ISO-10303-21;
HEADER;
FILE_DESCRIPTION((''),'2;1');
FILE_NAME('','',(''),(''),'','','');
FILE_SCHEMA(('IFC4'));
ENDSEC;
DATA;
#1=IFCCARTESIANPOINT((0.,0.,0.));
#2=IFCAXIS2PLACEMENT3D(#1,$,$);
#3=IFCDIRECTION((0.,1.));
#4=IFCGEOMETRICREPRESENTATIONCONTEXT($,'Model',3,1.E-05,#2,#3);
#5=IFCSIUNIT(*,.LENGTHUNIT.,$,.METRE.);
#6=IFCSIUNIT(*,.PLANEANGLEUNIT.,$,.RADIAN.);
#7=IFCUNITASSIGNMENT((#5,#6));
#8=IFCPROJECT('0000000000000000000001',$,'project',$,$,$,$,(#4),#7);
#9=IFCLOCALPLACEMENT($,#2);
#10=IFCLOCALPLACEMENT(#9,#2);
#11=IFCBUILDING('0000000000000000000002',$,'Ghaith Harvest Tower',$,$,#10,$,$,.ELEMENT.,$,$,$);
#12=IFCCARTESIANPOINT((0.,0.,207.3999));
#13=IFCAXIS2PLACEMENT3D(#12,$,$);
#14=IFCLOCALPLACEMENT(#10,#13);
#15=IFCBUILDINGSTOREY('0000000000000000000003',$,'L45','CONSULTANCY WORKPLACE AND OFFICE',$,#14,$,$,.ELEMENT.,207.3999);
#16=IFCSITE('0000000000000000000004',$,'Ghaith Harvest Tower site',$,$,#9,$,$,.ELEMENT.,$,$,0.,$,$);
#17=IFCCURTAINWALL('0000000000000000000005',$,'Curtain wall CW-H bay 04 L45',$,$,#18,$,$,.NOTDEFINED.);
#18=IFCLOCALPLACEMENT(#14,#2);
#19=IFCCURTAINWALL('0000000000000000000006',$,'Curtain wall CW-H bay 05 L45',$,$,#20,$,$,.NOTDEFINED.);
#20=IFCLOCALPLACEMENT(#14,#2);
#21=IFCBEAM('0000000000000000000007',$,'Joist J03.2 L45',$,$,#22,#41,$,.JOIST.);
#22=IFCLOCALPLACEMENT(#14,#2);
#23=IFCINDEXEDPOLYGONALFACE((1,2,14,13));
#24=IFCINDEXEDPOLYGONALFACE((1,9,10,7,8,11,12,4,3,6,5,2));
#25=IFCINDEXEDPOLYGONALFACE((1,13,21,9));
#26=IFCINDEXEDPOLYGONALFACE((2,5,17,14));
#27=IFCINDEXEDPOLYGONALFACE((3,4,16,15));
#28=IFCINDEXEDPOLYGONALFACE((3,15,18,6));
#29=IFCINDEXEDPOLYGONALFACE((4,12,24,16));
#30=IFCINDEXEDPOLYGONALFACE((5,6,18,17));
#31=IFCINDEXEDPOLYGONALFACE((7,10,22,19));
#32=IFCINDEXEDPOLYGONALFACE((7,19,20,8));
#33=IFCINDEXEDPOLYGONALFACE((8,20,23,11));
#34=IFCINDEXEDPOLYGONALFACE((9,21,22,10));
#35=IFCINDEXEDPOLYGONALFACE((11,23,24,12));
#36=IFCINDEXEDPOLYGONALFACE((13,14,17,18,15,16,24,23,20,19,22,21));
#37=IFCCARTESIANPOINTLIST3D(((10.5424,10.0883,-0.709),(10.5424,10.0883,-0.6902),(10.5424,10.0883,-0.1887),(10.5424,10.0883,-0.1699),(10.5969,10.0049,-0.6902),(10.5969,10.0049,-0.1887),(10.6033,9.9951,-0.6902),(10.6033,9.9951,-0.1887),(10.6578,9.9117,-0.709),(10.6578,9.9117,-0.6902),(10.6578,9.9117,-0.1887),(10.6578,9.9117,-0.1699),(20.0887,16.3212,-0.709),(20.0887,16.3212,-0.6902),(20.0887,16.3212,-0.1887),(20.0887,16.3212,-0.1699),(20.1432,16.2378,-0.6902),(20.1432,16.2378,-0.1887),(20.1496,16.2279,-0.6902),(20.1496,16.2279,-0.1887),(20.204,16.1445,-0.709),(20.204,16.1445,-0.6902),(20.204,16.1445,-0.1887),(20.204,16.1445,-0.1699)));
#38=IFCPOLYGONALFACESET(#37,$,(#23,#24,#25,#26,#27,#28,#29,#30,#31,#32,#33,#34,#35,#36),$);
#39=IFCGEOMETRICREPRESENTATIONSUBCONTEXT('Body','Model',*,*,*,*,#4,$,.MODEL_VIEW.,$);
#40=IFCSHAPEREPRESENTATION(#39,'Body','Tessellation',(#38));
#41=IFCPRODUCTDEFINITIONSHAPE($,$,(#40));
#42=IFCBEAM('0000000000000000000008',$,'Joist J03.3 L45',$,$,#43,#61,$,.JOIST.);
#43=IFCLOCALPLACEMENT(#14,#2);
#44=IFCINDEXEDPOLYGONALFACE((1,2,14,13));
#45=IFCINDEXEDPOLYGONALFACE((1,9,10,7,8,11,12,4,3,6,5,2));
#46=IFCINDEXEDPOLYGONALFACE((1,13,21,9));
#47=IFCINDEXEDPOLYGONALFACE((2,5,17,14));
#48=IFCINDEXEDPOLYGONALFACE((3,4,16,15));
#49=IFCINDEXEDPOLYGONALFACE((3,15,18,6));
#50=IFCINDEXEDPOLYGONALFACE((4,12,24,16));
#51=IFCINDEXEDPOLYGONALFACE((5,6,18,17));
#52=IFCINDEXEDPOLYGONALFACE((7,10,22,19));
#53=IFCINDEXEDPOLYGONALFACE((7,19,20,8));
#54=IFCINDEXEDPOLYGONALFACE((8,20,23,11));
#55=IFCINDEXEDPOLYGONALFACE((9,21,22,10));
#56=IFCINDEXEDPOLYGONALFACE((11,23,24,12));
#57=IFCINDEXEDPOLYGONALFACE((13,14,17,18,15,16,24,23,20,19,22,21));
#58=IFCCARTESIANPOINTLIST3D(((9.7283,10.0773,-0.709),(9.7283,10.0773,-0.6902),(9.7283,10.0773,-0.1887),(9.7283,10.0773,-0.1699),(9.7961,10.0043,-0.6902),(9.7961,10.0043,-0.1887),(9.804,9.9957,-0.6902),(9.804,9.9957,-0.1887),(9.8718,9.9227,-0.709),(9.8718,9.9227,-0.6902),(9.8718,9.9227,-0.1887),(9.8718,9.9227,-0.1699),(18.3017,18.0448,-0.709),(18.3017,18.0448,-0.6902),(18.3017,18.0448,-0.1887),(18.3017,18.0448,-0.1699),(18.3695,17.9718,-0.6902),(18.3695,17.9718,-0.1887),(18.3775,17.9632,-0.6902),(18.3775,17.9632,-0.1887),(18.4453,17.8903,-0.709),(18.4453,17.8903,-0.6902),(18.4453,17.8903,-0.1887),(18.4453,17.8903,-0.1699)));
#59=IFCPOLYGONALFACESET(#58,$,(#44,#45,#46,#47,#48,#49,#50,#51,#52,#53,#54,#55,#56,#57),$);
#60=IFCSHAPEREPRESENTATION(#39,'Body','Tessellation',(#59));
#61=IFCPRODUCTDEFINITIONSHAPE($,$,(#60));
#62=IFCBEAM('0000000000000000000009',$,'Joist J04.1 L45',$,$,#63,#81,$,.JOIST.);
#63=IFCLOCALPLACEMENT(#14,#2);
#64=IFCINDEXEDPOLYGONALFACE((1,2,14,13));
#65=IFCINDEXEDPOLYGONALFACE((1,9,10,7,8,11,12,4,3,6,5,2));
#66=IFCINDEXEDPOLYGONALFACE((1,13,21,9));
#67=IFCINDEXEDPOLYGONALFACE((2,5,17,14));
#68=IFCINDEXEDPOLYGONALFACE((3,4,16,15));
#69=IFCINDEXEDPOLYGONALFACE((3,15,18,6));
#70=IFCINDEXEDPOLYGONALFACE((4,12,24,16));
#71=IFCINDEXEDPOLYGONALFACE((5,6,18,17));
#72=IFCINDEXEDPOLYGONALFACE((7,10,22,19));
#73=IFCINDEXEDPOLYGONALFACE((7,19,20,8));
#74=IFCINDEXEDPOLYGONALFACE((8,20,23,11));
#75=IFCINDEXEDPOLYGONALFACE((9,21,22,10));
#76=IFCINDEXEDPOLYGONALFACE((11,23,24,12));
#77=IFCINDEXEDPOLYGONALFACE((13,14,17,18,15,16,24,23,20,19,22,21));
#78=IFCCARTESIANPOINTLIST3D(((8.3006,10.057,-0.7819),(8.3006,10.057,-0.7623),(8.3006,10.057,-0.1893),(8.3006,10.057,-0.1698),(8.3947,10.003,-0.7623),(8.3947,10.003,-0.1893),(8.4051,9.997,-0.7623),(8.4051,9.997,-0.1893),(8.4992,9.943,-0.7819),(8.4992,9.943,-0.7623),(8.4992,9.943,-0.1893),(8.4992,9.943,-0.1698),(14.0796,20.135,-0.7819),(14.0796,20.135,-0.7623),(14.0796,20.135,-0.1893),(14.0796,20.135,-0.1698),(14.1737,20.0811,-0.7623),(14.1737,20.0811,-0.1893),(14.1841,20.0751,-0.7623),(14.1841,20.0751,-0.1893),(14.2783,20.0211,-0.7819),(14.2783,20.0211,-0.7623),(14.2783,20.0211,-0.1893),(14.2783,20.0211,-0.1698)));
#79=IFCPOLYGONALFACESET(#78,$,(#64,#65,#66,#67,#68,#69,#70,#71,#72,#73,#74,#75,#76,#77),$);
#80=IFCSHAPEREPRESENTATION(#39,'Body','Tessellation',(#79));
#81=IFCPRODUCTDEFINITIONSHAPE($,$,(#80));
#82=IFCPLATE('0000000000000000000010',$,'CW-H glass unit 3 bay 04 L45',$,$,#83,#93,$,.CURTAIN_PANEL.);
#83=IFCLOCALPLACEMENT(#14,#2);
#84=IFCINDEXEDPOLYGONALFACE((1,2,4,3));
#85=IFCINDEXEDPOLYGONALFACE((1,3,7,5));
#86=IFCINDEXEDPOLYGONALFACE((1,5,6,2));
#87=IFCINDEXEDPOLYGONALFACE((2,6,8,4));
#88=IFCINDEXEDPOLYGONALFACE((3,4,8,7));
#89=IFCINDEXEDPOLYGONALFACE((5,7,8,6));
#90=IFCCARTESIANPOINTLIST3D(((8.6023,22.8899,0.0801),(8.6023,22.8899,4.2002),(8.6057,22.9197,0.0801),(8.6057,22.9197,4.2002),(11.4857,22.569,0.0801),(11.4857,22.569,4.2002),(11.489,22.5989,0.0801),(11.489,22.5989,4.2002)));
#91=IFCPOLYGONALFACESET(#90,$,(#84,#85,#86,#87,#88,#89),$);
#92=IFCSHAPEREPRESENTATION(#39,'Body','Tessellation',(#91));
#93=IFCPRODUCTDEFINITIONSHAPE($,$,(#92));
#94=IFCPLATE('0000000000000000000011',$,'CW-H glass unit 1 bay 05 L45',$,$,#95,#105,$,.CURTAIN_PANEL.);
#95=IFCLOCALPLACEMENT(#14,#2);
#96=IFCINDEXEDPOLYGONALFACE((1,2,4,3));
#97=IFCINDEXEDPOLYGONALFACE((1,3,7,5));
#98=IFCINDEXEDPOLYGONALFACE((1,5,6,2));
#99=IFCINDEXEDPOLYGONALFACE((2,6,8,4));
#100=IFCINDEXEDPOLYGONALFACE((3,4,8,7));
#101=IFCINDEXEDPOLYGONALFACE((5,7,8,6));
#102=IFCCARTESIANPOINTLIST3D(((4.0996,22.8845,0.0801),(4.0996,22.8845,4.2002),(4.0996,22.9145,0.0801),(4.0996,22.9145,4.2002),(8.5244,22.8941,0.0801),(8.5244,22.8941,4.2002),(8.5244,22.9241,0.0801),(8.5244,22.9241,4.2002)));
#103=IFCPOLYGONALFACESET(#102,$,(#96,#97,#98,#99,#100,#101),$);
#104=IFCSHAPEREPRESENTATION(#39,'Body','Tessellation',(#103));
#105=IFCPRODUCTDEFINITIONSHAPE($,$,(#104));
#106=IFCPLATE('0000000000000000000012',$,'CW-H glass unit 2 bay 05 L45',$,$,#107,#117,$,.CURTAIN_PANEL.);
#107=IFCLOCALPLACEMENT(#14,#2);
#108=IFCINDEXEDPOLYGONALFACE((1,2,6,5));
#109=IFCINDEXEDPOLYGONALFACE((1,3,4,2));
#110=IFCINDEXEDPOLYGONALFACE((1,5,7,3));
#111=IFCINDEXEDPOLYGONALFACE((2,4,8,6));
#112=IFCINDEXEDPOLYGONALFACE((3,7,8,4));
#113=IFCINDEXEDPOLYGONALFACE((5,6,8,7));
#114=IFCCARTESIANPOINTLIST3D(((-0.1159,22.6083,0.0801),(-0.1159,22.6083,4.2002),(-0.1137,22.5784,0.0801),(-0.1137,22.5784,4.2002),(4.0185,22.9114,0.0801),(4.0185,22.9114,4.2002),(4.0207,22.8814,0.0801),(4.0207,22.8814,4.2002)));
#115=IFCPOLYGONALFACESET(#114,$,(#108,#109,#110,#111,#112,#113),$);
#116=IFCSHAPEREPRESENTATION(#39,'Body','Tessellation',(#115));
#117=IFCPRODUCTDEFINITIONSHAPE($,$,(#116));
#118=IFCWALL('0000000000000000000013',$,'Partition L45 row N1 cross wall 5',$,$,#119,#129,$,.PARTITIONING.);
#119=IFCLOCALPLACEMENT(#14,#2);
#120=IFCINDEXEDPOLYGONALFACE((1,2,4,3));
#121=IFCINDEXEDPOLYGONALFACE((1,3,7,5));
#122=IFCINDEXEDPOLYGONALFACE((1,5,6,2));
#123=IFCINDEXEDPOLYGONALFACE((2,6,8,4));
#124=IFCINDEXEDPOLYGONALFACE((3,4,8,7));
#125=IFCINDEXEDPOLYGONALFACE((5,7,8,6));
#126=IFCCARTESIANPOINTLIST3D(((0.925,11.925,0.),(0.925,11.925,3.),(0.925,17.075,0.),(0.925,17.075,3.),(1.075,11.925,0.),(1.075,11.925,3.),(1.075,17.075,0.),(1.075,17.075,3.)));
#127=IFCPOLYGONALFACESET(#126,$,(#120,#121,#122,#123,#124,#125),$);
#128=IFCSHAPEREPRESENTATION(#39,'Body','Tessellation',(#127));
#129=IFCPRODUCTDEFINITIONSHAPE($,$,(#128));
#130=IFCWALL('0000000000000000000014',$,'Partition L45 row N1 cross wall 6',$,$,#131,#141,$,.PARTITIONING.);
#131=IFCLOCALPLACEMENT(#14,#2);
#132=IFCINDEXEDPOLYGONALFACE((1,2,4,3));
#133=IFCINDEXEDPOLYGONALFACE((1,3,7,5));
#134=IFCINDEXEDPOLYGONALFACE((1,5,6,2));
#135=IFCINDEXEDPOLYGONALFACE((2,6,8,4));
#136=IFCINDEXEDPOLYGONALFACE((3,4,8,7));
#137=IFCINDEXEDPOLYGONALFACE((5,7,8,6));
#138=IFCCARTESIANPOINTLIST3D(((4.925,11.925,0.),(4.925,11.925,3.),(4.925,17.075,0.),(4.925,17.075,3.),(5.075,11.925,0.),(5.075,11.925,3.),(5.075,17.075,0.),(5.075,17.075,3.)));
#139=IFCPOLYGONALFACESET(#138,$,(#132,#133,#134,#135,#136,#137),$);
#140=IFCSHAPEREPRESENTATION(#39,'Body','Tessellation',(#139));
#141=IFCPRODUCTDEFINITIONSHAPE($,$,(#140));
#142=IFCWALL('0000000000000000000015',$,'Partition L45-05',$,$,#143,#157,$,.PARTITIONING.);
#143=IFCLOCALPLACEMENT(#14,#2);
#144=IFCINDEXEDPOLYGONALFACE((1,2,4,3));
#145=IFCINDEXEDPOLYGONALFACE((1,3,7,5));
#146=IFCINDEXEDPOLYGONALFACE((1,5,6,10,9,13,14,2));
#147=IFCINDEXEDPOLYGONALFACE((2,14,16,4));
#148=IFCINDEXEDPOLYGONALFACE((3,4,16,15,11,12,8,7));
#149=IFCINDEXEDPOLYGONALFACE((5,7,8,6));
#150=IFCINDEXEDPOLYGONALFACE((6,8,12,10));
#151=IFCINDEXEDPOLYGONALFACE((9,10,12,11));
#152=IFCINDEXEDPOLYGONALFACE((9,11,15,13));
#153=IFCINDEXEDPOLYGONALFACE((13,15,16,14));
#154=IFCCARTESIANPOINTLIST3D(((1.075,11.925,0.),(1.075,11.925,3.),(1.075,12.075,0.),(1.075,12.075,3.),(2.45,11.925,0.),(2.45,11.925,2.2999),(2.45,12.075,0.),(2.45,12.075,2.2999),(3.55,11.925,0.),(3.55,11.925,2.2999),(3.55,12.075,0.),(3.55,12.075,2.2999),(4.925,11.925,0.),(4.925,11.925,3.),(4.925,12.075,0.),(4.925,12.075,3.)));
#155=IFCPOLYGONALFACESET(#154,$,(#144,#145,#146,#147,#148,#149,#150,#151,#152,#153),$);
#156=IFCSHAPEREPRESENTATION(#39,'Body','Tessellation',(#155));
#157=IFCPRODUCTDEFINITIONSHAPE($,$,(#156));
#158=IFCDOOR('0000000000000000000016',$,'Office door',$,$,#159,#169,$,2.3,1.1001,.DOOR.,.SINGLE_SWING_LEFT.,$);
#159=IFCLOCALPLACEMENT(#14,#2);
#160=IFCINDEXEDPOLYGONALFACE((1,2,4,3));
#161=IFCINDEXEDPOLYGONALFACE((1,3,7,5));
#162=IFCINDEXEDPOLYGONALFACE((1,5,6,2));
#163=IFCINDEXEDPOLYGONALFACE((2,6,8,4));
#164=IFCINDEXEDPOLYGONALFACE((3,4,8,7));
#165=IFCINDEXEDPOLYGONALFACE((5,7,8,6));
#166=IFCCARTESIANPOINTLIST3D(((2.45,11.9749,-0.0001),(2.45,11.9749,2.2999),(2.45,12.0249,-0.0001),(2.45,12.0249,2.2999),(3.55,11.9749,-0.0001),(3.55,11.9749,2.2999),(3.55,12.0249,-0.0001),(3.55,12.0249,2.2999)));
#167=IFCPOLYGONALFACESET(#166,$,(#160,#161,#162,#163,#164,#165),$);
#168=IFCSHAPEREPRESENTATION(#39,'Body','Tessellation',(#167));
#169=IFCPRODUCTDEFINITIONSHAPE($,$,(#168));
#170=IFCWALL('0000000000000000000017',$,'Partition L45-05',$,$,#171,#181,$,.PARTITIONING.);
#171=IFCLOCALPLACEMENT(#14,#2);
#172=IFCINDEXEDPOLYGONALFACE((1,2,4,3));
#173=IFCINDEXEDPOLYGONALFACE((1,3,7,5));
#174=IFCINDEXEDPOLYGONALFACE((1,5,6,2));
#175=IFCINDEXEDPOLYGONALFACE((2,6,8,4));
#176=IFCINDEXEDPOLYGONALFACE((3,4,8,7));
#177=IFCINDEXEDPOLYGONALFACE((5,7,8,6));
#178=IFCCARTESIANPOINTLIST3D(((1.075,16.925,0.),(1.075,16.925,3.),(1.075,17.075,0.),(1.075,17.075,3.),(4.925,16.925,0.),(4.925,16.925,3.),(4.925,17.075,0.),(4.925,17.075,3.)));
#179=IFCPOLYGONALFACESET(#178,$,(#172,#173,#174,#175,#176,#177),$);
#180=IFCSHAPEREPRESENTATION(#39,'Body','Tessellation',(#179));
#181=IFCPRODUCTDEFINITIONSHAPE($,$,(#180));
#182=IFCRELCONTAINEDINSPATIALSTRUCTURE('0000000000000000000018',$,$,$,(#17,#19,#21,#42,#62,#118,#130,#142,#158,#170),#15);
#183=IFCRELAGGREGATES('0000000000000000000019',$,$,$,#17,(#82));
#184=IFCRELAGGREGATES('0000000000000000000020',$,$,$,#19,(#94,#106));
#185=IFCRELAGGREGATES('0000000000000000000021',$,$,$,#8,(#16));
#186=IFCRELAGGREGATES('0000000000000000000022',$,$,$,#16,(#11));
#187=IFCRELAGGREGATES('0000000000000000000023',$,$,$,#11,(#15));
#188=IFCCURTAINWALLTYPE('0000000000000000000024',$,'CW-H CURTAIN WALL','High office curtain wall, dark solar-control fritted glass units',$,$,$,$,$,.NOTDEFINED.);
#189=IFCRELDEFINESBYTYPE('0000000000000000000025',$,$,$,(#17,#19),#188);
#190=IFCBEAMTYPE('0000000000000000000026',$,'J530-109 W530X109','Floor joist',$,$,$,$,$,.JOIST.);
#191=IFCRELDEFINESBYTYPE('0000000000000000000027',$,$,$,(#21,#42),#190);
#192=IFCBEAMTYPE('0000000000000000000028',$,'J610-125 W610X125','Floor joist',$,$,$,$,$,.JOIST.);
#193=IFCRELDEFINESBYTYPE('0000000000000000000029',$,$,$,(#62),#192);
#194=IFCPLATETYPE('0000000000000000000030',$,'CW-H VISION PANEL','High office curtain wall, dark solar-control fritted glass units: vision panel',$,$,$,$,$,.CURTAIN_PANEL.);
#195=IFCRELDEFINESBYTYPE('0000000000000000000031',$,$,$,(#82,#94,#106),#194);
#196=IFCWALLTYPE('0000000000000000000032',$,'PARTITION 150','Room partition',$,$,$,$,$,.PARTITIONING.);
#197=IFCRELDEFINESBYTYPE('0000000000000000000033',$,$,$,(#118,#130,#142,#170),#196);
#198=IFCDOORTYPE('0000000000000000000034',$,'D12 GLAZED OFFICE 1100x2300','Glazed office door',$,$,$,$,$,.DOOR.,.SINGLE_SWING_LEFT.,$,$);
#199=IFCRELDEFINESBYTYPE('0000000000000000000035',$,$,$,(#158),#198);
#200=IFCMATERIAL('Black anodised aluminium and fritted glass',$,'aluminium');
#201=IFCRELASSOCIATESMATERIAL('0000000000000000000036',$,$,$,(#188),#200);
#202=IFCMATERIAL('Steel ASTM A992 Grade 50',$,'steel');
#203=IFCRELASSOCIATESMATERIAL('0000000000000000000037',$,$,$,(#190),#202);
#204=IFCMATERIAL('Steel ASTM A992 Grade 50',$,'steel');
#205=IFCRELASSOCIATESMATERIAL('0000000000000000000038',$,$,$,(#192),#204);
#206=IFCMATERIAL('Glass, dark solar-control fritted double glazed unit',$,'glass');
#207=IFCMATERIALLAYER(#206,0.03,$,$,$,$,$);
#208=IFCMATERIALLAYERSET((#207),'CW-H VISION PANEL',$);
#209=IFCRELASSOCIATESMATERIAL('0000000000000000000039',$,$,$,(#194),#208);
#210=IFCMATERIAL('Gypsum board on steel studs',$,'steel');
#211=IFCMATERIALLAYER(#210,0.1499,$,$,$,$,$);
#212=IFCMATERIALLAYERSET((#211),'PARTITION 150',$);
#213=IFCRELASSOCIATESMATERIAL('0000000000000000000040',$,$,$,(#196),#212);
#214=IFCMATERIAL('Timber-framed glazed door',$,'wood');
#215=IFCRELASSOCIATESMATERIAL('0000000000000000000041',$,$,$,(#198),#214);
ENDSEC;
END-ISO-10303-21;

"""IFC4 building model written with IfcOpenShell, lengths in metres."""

from ifc_helpers import new_model, si_unit, direction, frame, frame_2d, origin, origin_2d, place, context, subcontext, project, spatial, rectangle, i_section, extrude, material, layer, layer_set, material_profile, profile_set, type_object, element, fill, aggregate, save


model = new_model("IFC4")

# Units and contexts
model_context = context("Model", 3, precision=1e-05, world=origin(), true_north=direction((0.0, 1.0)))
body_context = subcontext(model_context, "Body", "Model", "MODEL_VIEW")
ifc_project = project(units=[si_unit("LENGTHUNIT", "METRE"), si_unit("PLANEANGLEUNIT", "RADIAN")], contexts=[model_context])

# Site, building, storey
site_placement = place(None, origin())
site = spatial("IfcSite", under=ifc_project, at=site_placement, Name="Ghaith Harvest Tower site", CompositionType="ELEMENT", RefElevation=0.0)
building_placement = place(site_placement, origin())
building = spatial("IfcBuilding", under=site, at=building_placement, Name="Ghaith Harvest Tower", CompositionType="ELEMENT")
storey_placement = place(building_placement, frame((0.0, 0.0, 207.3999)))
storey = spatial("IfcBuildingStorey", under=building, at=storey_placement, Name="L45", Description="CONSULTANCY WORKPLACE AND OFFICE", CompositionType="ELEMENT", Elevation=207.3999)

# Curtain wall
ifc_material_1 = material(Name="Black anodised aluminium and fritted glass", Category="aluminium")
curtain_wall_type = type_object("IfcCurtainWallType", Name="CW-H CURTAIN WALL", Description="High office curtain wall, dark solar-control fritted glass units", PredefinedType="NOTDEFINED", material=ifc_material_1)
curtain_wall_1_placement = place(storey_placement, origin())
curtain_wall_1 = element("IfcCurtainWall", 1, at=curtain_wall_1_placement, inside=storey, type_object=curtain_wall_type, Name="Curtain wall CW-H bay 04 L45", PredefinedType="NOTDEFINED")

# Curtain wall
curtain_wall_2_placement = place(storey_placement, origin())
curtain_wall_2 = element("IfcCurtainWall", 2, at=curtain_wall_2_placement, inside=storey, type_object=curtain_wall_type, Name="Curtain wall CW-H bay 05 L45", PredefinedType="NOTDEFINED")

# Beams
ifc_material_2 = material(Name="Steel ASTM A992 Grade 50", Category="steel")
ifc_material_profile_1 = material_profile(ifc_material_2, i_section(OverallWidth=0.2109, OverallDepth=0.5391, WebThickness=0.0117, FlangeThickness=0.0188, at=origin_2d()), Name="W530X109")
ifc_profile_set_1 = profile_set([ifc_material_profile_1], Name="Steel ASTM A992 Grade 50")
beam_type_1 = type_object("IfcBeamType", Name="J530-109 W530X109", Description="Floor joist", PredefinedType="JOIST", material=ifc_profile_set_1)
beam_1_placement = place(storey_placement, frame((10.6001, 10.0, -0.4395), z_axis=(0.837329, 0.546699, 0.0), x_axis=(-0.546699, 0.837329, 0.0)))
element("IfcBeam", 3, at=beam_1_placement, inside=storey, type_object=beam_type_1, Name="Joist J03.2 L45", PredefinedType="JOIST", context=body_context, shape_type="SweptSolid", body=[
    extrude(i_section(OverallWidth=0.2109, OverallDepth=0.5391, WebThickness=0.0117, FlangeThickness=0.0188, at=origin_2d()), origin(), (0.0, 0.0, 1.0), 11.4009),
])
beam_2_placement = place(storey_placement, frame((9.8, 10.0, -0.4395), z_axis=(0.732519, 0.680746, 0.0), x_axis=(-0.680746, 0.732519, 0.0)))
element("IfcBeam", 4, at=beam_2_placement, inside=storey, type_object=beam_type_1, Name="Joist J03.3 L45", PredefinedType="JOIST", context=body_context, shape_type="SweptSolid", body=[
    extrude(i_section(OverallWidth=0.2109, OverallDepth=0.5391, WebThickness=0.0117, FlangeThickness=0.0188, at=origin_2d()), origin(), (0.0, 0.0, 1.0), 11.7041),
])
ifc_material_3 = material(Name="Steel ASTM A992 Grade 50", Category="steel")
ifc_material_profile_2 = material_profile(ifc_material_3, i_section(OverallWidth=0.229, OverallDepth=0.6121, WebThickness=0.012, FlangeThickness=0.0195, at=origin_2d()), Name="W610X125")
ifc_profile_set_2 = profile_set([ifc_material_profile_2], Name="Steel ASTM A992 Grade 50")
beam_type_2 = type_object("IfcBeamType", Name="J610-125 W610X125", Description="Floor joist", PredefinedType="JOIST", material=ifc_profile_set_2)
beam_3_placement = place(storey_placement, frame((8.3999, 10.0, -0.4758), z_axis=(0.497444, 0.867496, 0.0), x_axis=(-0.867496, 0.497444, 0.0)))
element("IfcBeam", 5, at=beam_3_placement, inside=storey, type_object=beam_type_2, Name="Joist J04.1 L45", PredefinedType="JOIST", context=body_context, shape_type="SweptSolid", body=[
    extrude(i_section(OverallWidth=0.229, OverallDepth=0.6121, WebThickness=0.012, FlangeThickness=0.0195, at=origin_2d()), origin(), (0.0, 0.0, 1.0), 11.6174),
])

# Plates
ifc_material_4 = material(Name="Glass, dark solar-control fritted double glazed unit", Category="glass")
ifc_layer_1 = layer(ifc_material_4, 0.03)
ifc_layer_set_1 = layer_set([ifc_layer_1], Name="CW-H VISION PANEL")
plate_type = type_object("IfcPlateType", Name="CW-H VISION PANEL", Description="High office curtain wall, dark solar-control fritted glass units: vision panel", PredefinedType="CURTAIN_PANEL", material=ifc_layer_set_1)
plate_1_placement = place(storey_placement, frame((10.0457, 22.7444, 0.0801), z_axis=(0.0, 0.0, 1.0), x_axis=(-0.993865, 0.110598, 0.0)))
plate_1 = element("IfcPlate", 6, at=plate_1_placement, type_object=plate_type, Name="CW-H glass unit 3 bay 04 L45", PredefinedType="CURTAIN_PANEL", context=body_context, shape_type="SweptSolid", body=[
    extrude(rectangle(XDim=2.9011, YDim=0.03, at=origin_2d()), origin(), (0.0, 0.0, 1.0), 4.1201),
])
aggregate(curtain_wall_1, [plate_1])
plate_2_placement = place(storey_placement, frame((6.312, 22.9043, 0.0801), z_axis=(0.0, 0.0, 1.0), x_axis=(-0.999998, -0.002171, 0.0)))
plate_2 = element("IfcPlate", 7, at=plate_2_placement, type_object=plate_type, Name="CW-H glass unit 1 bay 05 L45", PredefinedType="CURTAIN_PANEL", context=body_context, shape_type="SweptSolid", body=[
    extrude(rectangle(XDim=4.4248, YDim=0.03, at=origin_2d()), origin(), (0.0, 0.0, 1.0), 4.1201),
])
plate_3_placement = place(storey_placement, frame((1.9524, 22.7449, 0.0801), z_axis=(0.0, 0.0, 1.0), x_axis=(-0.997325, -0.073101, 0.0)))
plate_3 = element("IfcPlate", 8, at=plate_3_placement, type_object=plate_type, Name="CW-H glass unit 2 bay 05 L45", PredefinedType="CURTAIN_PANEL", context=body_context, shape_type="SweptSolid", body=[
    extrude(rectangle(XDim=4.1455, YDim=0.03, at=origin_2d()), origin(), (0.0, 0.0, 1.0), 4.1201),
])
aggregate(curtain_wall_2, [plate_2, plate_3])

# Walls
ifc_material_5 = material(Name="Gypsum board on steel studs", Category="steel")
ifc_layer_2 = layer(ifc_material_5, 0.1499)
ifc_layer_set_2 = layer_set([ifc_layer_2], Name="PARTITION 150")
wall_type = type_object("IfcWallType", Name="PARTITION 150", Description="Room partition", PredefinedType="PARTITIONING", material=ifc_layer_set_2)
for number, where, z_axis, x_axis, name in (
    (9, (1.0, 11.925, 0.0), (0.0, 0.0, 1.0), (0.0, 1.0, 0.0), "Partition L45 row N1 cross wall 5"),
    (10, (5.0, 11.925, 0.0), (0.0, 0.0, 1.0), (0.0, 1.0, 0.0), "Partition L45 row N1 cross wall 6"),
):
    element("IfcWall", number, at=place(storey_placement, frame(where, z_axis=z_axis, x_axis=x_axis)), inside=storey, type_object=wall_type, Name=name, PredefinedType="PARTITIONING", context=body_context, shape_type="SweptSolid", body=[
        extrude(rectangle(XDim=5.1499, YDim=0.1499, at=frame_2d((2.575, 0.0))), origin(), (0.0, 0.0, 1.0), 3.0),
    ])

# Wall, opening, door
wall_1_placement = place(storey_placement, frame((1.075, 12.0, 0.0), z_axis=(0.0, 0.0, 1.0), x_axis=(1.0, 0.0, 0.0)))
wall_1 = element("IfcWall", 11, at=wall_1_placement, inside=storey, type_object=wall_type, Name="Partition L45-05", PredefinedType="PARTITIONING", context=body_context, shape_type="SweptSolid", body=[
    extrude(rectangle(XDim=3.8501, YDim=0.1499, at=frame_2d((1.925, 0.0))), origin(), (0.0, 0.0, 1.0), 3.0),
])
opening_1_placement = place(wall_1_placement, frame((1.375, 0.0, 0.0)))
opening_1 = element("IfcOpeningElement", 12, at=opening_1_placement, cuts=wall_1, PredefinedType="OPENING", context=body_context, shape_type="SweptSolid", body=[
    extrude(rectangle(XDim=1.1001, YDim=2.3, at=frame_2d((0.55, 1.1499))), frame((0.0, 0.085, 0.0), z_axis=(0.0, -1.0, 0.0), x_axis=(1.0, 0.0, 0.0)), (0.0, 0.0, 1.0), 0.1699),
])
ifc_material_6 = material(Name="Timber-framed glazed door", Category="wood")
door_type = type_object("IfcDoorType", Name="D12 GLAZED OFFICE 1100x2300", Description="Glazed office door", OperationType="SINGLE_SWING_LEFT", PredefinedType="DOOR", material=ifc_material_6)
door_1_placement = place(opening_1_placement, origin())
door_1 = element("IfcDoor", 13, at=door_1_placement, inside=storey, type_object=door_type, Name="Office door", OperationType="SINGLE_SWING_LEFT", OverallHeight=2.3, OverallWidth=1.1001, PredefinedType="DOOR", context=body_context, shape_type="SweptSolid", body=[
    extrude(rectangle(XDim=1.1001, YDim=2.3, at=frame_2d((0.55, 1.1499))), frame((0.0, 0.0249, 0.0), z_axis=(0.0, -1.0, 0.0), x_axis=(1.0, 0.0, 0.0)), (0.0, 0.0, 1.0), 0.05),
])
fill(opening_1, door_1)

# Wall
wall_2_placement = place(storey_placement, frame((1.075, 17.0, 0.0), z_axis=(0.0, 0.0, 1.0), x_axis=(1.0, 0.0, 0.0)))
element("IfcWall", 14, at=wall_2_placement, inside=storey, type_object=wall_type, Name="Partition L45-05", PredefinedType="PARTITIONING", context=body_context, shape_type="SweptSolid", body=[
    extrude(rectangle(XDim=3.8501, YDim=0.1499, at=frame_2d((1.925, 0.0))), origin(), (0.0, 0.0, 1.0), 3.0),
])

save(model, "model.ifc")
